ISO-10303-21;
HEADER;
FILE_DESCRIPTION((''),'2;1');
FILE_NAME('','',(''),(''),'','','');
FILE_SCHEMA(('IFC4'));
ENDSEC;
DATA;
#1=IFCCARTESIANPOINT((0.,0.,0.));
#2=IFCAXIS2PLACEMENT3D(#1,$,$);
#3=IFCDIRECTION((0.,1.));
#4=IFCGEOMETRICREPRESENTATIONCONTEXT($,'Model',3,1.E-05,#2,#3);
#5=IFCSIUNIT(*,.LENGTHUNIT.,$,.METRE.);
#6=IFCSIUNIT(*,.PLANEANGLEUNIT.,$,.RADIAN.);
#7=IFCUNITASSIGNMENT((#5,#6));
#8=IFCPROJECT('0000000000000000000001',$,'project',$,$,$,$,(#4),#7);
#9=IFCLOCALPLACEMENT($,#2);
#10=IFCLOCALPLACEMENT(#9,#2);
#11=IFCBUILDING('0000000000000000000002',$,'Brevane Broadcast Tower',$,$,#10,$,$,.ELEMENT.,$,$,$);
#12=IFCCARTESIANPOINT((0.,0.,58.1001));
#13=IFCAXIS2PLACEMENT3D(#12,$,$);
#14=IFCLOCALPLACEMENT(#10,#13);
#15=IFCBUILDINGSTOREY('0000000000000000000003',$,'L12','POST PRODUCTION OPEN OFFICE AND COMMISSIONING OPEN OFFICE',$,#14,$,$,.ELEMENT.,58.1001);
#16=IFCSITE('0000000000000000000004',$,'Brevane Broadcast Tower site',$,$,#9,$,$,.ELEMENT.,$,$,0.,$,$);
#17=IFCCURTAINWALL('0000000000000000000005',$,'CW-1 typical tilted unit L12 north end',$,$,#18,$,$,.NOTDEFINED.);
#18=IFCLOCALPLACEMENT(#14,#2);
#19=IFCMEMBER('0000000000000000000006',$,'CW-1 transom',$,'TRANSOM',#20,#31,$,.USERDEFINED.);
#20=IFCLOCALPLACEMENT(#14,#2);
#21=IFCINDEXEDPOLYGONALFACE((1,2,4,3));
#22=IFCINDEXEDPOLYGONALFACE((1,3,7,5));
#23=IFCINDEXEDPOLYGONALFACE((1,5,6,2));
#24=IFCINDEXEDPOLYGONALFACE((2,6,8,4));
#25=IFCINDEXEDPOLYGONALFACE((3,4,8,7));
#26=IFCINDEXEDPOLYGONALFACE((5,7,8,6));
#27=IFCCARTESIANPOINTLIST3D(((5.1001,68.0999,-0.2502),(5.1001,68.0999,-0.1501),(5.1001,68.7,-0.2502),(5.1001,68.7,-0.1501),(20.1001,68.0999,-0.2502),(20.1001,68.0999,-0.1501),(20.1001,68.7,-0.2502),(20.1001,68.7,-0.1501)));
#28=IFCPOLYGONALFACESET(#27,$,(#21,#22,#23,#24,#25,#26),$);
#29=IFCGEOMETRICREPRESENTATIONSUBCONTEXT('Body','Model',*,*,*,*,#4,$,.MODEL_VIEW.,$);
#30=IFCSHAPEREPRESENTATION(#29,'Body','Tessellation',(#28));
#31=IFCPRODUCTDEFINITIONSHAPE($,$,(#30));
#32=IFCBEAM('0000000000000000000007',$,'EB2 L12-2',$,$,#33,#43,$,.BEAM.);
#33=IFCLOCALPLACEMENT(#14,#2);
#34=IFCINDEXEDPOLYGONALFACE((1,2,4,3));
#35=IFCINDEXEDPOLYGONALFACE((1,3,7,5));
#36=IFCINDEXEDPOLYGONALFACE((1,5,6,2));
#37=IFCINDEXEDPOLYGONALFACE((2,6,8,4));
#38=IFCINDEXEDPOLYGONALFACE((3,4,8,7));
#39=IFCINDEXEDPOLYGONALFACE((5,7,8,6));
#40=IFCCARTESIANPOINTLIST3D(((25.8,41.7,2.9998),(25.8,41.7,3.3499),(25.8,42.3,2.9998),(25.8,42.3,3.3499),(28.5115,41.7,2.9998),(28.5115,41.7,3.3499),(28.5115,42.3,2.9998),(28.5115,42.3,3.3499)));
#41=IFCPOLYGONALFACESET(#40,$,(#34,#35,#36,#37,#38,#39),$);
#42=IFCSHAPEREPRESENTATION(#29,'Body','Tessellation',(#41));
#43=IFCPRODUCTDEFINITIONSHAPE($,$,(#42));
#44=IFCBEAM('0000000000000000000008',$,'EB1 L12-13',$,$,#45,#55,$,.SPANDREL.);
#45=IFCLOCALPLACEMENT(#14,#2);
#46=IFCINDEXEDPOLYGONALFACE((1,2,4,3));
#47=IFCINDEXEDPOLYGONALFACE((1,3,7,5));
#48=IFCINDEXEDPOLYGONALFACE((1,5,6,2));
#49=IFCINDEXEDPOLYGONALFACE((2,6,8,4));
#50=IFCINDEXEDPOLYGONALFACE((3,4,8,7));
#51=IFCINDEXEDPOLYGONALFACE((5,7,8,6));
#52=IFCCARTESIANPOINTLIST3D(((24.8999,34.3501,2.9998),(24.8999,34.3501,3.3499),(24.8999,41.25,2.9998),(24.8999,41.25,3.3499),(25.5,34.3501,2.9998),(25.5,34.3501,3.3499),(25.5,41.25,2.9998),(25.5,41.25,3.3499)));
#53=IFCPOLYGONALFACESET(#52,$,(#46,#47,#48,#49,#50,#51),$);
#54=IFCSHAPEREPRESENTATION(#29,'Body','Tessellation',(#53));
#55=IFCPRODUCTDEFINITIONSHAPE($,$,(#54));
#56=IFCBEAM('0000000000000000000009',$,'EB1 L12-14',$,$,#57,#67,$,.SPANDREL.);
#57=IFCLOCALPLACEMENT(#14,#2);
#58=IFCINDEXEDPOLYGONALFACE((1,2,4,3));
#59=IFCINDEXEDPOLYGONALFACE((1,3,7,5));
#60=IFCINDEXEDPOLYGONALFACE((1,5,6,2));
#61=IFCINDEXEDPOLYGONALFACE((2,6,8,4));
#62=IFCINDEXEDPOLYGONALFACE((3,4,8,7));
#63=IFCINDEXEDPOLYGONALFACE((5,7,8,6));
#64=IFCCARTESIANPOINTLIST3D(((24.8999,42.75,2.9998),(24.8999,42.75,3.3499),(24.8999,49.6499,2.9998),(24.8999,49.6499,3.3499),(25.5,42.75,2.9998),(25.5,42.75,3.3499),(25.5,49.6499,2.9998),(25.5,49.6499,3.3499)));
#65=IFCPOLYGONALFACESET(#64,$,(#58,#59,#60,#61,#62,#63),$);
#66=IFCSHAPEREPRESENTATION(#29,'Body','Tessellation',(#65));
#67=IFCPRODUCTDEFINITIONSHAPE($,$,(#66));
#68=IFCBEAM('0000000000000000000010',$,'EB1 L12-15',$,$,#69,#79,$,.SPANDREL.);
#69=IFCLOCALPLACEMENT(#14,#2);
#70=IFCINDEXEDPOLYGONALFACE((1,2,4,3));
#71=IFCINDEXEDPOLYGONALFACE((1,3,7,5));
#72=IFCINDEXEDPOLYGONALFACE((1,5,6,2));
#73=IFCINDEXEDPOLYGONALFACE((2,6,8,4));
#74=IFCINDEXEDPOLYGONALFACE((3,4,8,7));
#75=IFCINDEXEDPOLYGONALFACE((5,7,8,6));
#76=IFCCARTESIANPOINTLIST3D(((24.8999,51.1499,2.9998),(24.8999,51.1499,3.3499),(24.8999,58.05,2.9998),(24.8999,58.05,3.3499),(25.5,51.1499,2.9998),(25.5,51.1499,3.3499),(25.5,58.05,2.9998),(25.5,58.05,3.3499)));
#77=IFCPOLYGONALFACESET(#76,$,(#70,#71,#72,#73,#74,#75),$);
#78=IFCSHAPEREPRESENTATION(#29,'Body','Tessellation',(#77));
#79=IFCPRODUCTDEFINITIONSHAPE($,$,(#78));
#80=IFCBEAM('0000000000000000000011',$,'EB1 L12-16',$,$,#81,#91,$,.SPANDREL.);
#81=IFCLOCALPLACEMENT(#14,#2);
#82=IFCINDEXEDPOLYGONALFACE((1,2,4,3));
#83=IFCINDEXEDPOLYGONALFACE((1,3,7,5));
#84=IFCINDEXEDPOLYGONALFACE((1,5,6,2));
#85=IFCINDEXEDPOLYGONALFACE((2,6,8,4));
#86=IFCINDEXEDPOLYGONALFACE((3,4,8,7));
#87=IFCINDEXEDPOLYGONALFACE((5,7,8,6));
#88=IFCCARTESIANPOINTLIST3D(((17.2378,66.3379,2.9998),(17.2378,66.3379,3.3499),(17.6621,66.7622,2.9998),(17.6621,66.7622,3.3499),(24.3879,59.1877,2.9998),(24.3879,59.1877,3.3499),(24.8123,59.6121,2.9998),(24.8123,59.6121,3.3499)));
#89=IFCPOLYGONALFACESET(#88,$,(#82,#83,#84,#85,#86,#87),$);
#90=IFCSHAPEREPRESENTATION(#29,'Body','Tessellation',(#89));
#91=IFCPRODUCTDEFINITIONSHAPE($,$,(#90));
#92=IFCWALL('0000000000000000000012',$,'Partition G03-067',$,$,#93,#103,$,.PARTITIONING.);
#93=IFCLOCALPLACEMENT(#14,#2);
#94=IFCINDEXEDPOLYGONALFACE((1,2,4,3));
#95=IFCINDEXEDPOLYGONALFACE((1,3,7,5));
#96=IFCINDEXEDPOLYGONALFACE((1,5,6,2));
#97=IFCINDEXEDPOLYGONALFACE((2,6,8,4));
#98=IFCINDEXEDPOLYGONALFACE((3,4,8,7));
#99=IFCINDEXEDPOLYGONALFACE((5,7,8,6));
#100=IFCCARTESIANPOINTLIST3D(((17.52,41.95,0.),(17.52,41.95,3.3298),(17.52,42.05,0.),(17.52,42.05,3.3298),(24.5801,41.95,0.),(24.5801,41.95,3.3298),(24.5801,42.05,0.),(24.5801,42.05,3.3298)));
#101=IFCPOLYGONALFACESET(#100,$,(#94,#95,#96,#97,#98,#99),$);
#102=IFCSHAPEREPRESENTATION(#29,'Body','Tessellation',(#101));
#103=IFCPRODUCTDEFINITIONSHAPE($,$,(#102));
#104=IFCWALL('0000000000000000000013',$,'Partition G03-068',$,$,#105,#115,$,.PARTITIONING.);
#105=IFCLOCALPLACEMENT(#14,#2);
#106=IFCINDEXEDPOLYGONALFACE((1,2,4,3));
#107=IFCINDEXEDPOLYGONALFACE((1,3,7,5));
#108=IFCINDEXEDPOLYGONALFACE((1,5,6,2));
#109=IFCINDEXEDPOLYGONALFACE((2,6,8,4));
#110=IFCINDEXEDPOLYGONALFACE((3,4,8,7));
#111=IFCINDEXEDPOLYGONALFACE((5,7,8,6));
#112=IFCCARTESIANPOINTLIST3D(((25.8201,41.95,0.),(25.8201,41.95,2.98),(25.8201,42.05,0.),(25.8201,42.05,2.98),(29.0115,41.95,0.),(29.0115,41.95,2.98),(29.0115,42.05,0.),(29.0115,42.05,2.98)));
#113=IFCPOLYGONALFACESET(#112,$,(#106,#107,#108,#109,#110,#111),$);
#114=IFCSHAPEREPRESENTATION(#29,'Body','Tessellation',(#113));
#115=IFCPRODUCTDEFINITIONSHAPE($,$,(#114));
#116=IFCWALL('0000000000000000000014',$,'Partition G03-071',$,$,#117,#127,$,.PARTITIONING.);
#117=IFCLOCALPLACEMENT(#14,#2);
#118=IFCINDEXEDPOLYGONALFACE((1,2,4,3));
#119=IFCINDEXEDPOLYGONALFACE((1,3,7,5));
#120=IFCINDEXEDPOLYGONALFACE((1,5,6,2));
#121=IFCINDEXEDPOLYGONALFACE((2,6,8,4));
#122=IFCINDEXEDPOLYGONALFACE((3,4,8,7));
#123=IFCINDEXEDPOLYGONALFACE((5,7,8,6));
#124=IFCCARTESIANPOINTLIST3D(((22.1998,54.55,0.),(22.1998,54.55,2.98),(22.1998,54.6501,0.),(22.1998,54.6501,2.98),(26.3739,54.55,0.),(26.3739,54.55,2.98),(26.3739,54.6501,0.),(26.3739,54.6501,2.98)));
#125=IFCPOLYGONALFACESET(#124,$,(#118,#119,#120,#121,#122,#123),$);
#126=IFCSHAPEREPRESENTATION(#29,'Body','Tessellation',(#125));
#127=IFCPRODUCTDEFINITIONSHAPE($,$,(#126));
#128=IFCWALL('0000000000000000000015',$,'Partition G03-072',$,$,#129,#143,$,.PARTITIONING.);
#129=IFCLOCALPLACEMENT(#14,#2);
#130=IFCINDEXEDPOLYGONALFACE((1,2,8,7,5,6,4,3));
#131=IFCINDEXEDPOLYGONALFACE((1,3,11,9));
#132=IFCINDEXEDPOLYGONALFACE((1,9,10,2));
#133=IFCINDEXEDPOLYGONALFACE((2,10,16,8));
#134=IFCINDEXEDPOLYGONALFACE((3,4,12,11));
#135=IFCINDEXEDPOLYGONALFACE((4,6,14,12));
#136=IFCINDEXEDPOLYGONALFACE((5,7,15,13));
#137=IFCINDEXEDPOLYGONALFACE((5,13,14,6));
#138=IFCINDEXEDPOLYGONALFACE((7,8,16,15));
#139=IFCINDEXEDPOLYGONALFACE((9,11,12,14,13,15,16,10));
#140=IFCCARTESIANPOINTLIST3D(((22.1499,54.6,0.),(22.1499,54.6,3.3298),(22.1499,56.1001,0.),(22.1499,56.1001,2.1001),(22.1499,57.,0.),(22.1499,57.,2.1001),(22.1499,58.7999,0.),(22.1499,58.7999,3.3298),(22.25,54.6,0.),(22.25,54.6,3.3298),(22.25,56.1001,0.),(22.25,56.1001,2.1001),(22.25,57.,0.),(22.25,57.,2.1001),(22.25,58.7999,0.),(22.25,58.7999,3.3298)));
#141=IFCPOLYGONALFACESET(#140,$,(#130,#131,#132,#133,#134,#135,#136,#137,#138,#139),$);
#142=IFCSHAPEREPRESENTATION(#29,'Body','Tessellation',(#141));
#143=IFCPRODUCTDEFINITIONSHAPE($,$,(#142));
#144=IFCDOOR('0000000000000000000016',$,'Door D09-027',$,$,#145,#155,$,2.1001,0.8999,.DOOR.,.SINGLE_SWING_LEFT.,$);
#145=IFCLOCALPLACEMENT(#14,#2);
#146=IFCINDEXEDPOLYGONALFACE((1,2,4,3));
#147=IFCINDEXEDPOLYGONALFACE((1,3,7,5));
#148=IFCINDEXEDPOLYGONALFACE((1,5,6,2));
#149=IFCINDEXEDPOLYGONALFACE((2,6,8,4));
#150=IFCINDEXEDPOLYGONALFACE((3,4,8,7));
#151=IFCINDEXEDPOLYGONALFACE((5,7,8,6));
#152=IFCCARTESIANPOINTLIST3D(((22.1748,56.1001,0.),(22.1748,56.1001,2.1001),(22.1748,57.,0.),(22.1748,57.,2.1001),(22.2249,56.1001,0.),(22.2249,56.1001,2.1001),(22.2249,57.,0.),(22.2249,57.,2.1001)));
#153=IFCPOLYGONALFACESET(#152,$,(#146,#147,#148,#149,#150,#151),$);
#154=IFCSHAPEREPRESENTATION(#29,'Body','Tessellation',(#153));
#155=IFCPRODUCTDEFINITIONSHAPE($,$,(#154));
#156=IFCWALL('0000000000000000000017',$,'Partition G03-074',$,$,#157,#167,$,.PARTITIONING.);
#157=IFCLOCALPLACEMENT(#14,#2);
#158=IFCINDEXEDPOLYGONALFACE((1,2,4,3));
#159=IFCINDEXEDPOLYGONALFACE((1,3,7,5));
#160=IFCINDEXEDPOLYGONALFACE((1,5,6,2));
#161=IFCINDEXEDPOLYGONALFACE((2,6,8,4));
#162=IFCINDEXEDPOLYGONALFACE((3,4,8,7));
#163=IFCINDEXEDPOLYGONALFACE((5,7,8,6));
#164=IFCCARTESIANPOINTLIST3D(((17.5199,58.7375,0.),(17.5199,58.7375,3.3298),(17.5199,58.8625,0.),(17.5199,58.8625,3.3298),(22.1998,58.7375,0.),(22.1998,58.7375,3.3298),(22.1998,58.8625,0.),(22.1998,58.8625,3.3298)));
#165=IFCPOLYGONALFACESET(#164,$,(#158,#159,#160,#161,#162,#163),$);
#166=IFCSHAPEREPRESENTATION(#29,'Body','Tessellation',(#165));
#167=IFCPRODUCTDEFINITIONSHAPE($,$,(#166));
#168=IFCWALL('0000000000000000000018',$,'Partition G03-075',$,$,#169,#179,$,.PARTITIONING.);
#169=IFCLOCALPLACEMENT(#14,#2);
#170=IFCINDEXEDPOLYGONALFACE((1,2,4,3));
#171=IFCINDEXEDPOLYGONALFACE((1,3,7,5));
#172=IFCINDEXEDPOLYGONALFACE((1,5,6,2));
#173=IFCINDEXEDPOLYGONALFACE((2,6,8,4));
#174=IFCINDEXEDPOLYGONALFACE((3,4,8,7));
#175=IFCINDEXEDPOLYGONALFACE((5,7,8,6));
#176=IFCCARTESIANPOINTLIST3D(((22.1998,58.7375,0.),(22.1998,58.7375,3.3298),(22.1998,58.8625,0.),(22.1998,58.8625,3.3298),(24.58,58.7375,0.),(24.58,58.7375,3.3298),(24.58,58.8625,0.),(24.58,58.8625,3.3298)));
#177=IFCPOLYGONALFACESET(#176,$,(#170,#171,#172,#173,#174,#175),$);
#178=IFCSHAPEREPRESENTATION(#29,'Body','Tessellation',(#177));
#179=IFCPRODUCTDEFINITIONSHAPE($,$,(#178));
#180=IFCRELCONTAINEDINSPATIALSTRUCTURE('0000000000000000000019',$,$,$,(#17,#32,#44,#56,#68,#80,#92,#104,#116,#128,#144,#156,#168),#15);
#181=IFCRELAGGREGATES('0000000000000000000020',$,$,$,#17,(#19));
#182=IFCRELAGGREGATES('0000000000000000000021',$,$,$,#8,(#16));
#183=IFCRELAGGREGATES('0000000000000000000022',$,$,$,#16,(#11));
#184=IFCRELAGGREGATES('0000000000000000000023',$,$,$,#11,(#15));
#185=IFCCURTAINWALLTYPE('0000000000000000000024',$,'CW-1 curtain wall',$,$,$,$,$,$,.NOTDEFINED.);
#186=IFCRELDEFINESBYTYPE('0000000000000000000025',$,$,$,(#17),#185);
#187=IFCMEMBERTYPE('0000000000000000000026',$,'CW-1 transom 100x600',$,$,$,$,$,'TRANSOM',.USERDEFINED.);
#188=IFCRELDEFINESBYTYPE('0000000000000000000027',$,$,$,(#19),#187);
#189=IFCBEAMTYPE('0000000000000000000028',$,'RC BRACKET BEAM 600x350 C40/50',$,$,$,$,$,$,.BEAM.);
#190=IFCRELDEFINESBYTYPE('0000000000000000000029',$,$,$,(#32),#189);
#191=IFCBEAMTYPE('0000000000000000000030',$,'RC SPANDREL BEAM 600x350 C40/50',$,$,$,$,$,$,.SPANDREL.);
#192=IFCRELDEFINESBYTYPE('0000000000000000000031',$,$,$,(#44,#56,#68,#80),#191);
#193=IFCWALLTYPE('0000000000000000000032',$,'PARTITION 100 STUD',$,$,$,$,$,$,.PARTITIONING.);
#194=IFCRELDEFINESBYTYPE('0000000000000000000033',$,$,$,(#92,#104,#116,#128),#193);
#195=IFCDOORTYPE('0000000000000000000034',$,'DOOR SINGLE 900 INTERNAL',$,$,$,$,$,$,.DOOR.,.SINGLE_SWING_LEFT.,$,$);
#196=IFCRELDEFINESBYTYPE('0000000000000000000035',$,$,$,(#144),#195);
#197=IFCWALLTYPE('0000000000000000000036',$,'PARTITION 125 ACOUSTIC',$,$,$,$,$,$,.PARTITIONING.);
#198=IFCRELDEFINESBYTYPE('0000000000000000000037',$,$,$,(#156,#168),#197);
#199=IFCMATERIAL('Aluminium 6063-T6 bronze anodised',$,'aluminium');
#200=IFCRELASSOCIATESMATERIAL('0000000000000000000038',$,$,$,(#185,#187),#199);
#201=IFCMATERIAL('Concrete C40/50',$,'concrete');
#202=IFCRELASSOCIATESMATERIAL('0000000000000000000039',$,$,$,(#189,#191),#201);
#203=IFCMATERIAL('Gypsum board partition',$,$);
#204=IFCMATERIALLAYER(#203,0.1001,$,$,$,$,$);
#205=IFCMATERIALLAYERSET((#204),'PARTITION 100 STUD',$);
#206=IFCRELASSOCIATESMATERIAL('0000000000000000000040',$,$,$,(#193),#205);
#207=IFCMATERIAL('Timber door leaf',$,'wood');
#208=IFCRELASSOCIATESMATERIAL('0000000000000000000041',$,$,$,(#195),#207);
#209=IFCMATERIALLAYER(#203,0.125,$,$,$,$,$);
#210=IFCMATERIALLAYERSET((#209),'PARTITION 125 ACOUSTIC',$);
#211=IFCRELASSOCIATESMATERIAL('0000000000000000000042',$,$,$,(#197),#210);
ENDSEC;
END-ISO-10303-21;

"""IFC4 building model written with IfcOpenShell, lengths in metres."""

from ifc_helpers import new_model, si_unit, direction, frame, frame_2d, origin, origin_2d, place, context, subcontext, project, spatial, rectangle, extrude, material, layer, layer_set, material_profile, profile_set, type_object, element, fill, aggregate, save


model = new_model("IFC4")

# Units and contexts
model_context = context("Model", 3, precision=1e-05, world=origin(), true_north=direction((0.0, 1.0)))
body_context = subcontext(model_context, "Body", "Model", "MODEL_VIEW")
ifc_project = project(units=[si_unit("LENGTHUNIT", "METRE"), si_unit("PLANEANGLEUNIT", "RADIAN")], contexts=[model_context])

# Site, building, storey
site_placement = place(None, origin())
site = spatial("IfcSite", under=ifc_project, at=site_placement, Name="Brevane Broadcast Tower site", CompositionType="ELEMENT", RefElevation=0.0)
building_placement = place(site_placement, origin())
building = spatial("IfcBuilding", under=site, at=building_placement, Name="Brevane Broadcast Tower", CompositionType="ELEMENT")
storey_placement = place(building_placement, frame((0.0, 0.0, 58.1001)))
storey = spatial("IfcBuildingStorey", under=building, at=storey_placement, Name="L12", Description="POST PRODUCTION OPEN OFFICE AND COMMISSIONING OPEN OFFICE", CompositionType="ELEMENT", Elevation=58.1001)

# Shared definitions
ifc_material_1 = material(Name="Aluminium 6063-T6 bronze anodised", Category="aluminium")
curtain_wall_type = type_object("IfcCurtainWallType", Name="CW-1 curtain wall", PredefinedType="NOTDEFINED", material=ifc_material_1)

# Curtain wall
curtain_wall_1_placement = place(storey_placement, origin())
curtain_wall_1 = element("IfcCurtainWall", 1, at=curtain_wall_1_placement, inside=storey, type_object=curtain_wall_type, Name="CW-1 typical tilted unit L12 north end", PredefinedType="NOTDEFINED")

# Member
ifc_material_profile_1 = material_profile(ifc_material_1, rectangle(XDim=0.6001, YDim=0.1001, at=origin_2d()), Name="RECT 100x600")
ifc_profile_set_1 = profile_set([ifc_material_profile_1], Name="Aluminium 6063-T6 bronze anodised")
member_type_1 = type_object("IfcMemberType", Name="CW-1 transom 100x600", ElementType="TRANSOM", PredefinedType="USERDEFINED", material=ifc_profile_set_1)
member_1_placement = place(storey_placement, frame((20.1001, 68.3999, -0.2002), z_axis=(-1.0, 0.0, 0.0), x_axis=(0.0, -1.0, 0.0)))
member_1 = element("IfcMember", 2, at=member_1_placement, type_object=member_type_1, Name="CW-1 transom", ObjectType="TRANSOM", PredefinedType="USERDEFINED", context=body_context, shape_type="SweptSolid", body=[
    extrude(rectangle(XDim=0.6001, YDim=0.1001, at=origin_2d()), origin(), (0.0, 0.0, 1.0), 15.0),
])
aggregate(curtain_wall_1, [member_1])

# Beams
ifc_material_2 = material(Name="Concrete C40/50", Category="concrete")
ifc_material_profile_2 = material_profile(ifc_material_2, rectangle(XDim=0.6001, YDim=0.3501, at=origin_2d()), Name="RC 600x350")
ifc_profile_set_2 = profile_set([ifc_material_profile_2], Name="Concrete C40/50")
beam_type_1 = type_object("IfcBeamType", Name="RC BRACKET BEAM 600x350 C40/50", PredefinedType="BEAM", material=ifc_profile_set_2)
beam_1_placement = place(storey_placement, frame((25.8, 42.0, 3.1748), z_axis=(1.0, 0.0, 0.0), x_axis=(0.0, 1.0, 0.0)))
element("IfcBeam", 3, at=beam_1_placement, inside=storey, type_object=beam_type_1, Name="EB2 L12-2", PredefinedType="BEAM", context=body_context, shape_type="SweptSolid", body=[
    extrude(rectangle(XDim=0.6001, YDim=0.3501, at=origin_2d()), origin(), (0.0, 0.0, 1.0), 2.7114),
])
ifc_material_profile_3 = material_profile(ifc_material_2, rectangle(XDim=0.6001, YDim=0.3501, at=origin_2d()), Name="RC 600x350")
ifc_profile_set_3 = profile_set([ifc_material_profile_3], Name="Concrete C40/50")
beam_type_2 = type_object("IfcBeamType", Name="RC SPANDREL BEAM 600x350 C40/50", PredefinedType="SPANDREL", material=ifc_profile_set_3)
for number, where, z_axis, x_axis, name in (
    (4, (25.2, 34.3501, 3.1748), (0.0, 1.0, 0.0), (-1.0, 0.0, 0.0), "EB1 L12-13"),
    (5, (25.2, 42.75, 3.1748), (0.0, 1.0, 0.0), (-1.0, 0.0, 0.0), "EB1 L12-14"),
):
    element("IfcBeam", number, at=place(storey_placement, frame(where, z_axis=z_axis, x_axis=x_axis)), inside=storey, type_object=beam_type_2, Name=name, PredefinedType="SPANDREL", context=body_context, shape_type="SweptSolid", body=[
        extrude(rectangle(XDim=0.6001, YDim=0.3501, at=origin_2d()), origin(), (0.0, 0.0, 1.0), 6.8999),
    ])
beam_2_placement = place(storey_placement, frame((25.2, 51.1499, 3.1748), z_axis=(0.0, 1.0, 0.0), x_axis=(-1.0, 0.0, 0.0)))
element("IfcBeam", 6, at=beam_2_placement, inside=storey, type_object=beam_type_2, Name="EB1 L12-15", PredefinedType="SPANDREL", context=body_context, shape_type="SweptSolid", body=[
    extrude(rectangle(XDim=0.6001, YDim=0.3501, at=origin_2d()), origin(), (0.0, 0.0, 1.0), 6.9001),
])
beam_3_placement = place(storey_placement, frame((24.6001, 59.3999, 3.1748), z_axis=(-0.707107, 0.707107, 0.0), x_axis=(-0.707107, -0.707107, 0.0)))
element("IfcBeam", 7, at=beam_3_placement, inside=storey, type_object=beam_type_2, Name="EB1 L12-16", PredefinedType="SPANDREL", context=body_context, shape_type="SweptSolid", body=[
    extrude(rectangle(XDim=0.6001, YDim=0.3501, at=origin_2d()), origin(), (0.0, 0.0, 1.0), 10.1118),
])

# Walls
ifc_material_3 = material(Name="Gypsum board partition")
ifc_layer_1 = layer(ifc_material_3, 0.1001)
ifc_layer_set_1 = layer_set([ifc_layer_1], Name="PARTITION 100 STUD")
wall_type_1 = type_object("IfcWallType", Name="PARTITION 100 STUD", PredefinedType="PARTITIONING", material=ifc_layer_set_1)
wall_1_placement = place(storey_placement, frame((17.52, 42.0, 0.0), z_axis=(0.0, 0.0, 1.0), x_axis=(1.0, 0.0, 0.0)))
element("IfcWall", 8, at=wall_1_placement, inside=storey, type_object=wall_type_1, Name="Partition G03-067", PredefinedType="PARTITIONING", context=body_context, shape_type="SweptSolid", body=[
    extrude(rectangle(XDim=7.0601, YDim=0.1001, at=frame_2d((3.53, 0.0))), origin(), (0.0, 0.0, 1.0), 3.3298),
])
wall_2_placement = place(storey_placement, frame((25.8201, 42.0, 0.0), z_axis=(0.0, 0.0, 1.0), x_axis=(1.0, 0.0, 0.0)))
element("IfcWall", 9, at=wall_2_placement, inside=storey, type_object=wall_type_1, Name="Partition G03-068", PredefinedType="PARTITIONING", context=body_context, shape_type="SweptSolid", body=[
    extrude(rectangle(XDim=3.1914, YDim=0.1001, at=frame_2d((1.5957, 0.0))), origin(), (0.0, 0.0, 1.0), 2.98),
])
wall_3_placement = place(storey_placement, frame((22.2, 54.6001, 0.0), z_axis=(0.0, 0.0, 1.0), x_axis=(1.0, 0.0, 0.0)))
element("IfcWall", 10, at=wall_3_placement, inside=storey, type_object=wall_type_1, Name="Partition G03-071", PredefinedType="PARTITIONING", context=body_context, shape_type="SweptSolid", body=[
    extrude(rectangle(XDim=4.1741, YDim=0.1001, at=frame_2d((2.0869, 0.0))), origin(), (0.0, 0.0, 1.0), 2.98),
])

# Wall, opening, door
wall_4_placement = place(storey_placement, frame((22.2, 58.8, 0.0), z_axis=(0.0, 0.0, 1.0), x_axis=(0.0, -1.0, 0.0)))
wall_4 = element("IfcWall", 11, at=wall_4_placement, inside=storey, type_object=wall_type_1, Name="Partition G03-072", PredefinedType="PARTITIONING", context=body_context, shape_type="SweptSolid", body=[
    extrude(rectangle(XDim=4.2, YDim=0.1001, at=frame_2d((2.1001, 0.0))), origin(), (0.0, 0.0, 1.0), 3.3298),
])
opening_placement = place(wall_4_placement, frame((1.8, 0.0, 0.0)))
opening = element("IfcOpeningElement", 12, at=opening_placement, cuts=wall_4, PredefinedType="OPENING", context=body_context, shape_type="SweptSolid", body=[
    extrude(rectangle(XDim=0.8999, YDim=2.1001, at=frame_2d((0.45, 1.05))), frame((0.0, 0.0601, 0.0), z_axis=(0.0, -1.0, 0.0), x_axis=(1.0, 0.0, 0.0)), (0.0, 0.0, 1.0), 0.1201),
])
ifc_material_4 = material(Name="Timber door leaf", Category="wood")
door_type = type_object("IfcDoorType", Name="DOOR SINGLE 900 INTERNAL", OperationType="SINGLE_SWING_LEFT", PredefinedType="DOOR", material=ifc_material_4)
door_placement = place(opening_placement, origin())
door = element("IfcDoor", 13, at=door_placement, inside=storey, type_object=door_type, Name="Door D09-027", OperationType="SINGLE_SWING_LEFT", OverallHeight=2.1001, OverallWidth=0.8999, PredefinedType="DOOR", context=body_context, shape_type="SweptSolid", body=[
    extrude(rectangle(XDim=0.8999, YDim=2.1001, at=frame_2d((0.45, 1.05))), frame((0.0, 0.0249, 0.0), z_axis=(0.0, -1.0, 0.0), x_axis=(1.0, 0.0, 0.0)), (0.0, 0.0, 1.0), 0.05),
])
fill(opening, door)

# Walls
ifc_layer_2 = layer(ifc_material_3, 0.125)
ifc_layer_set_2 = layer_set([ifc_layer_2], Name="PARTITION 125 ACOUSTIC")
wall_type_2 = type_object("IfcWallType", Name="PARTITION 125 ACOUSTIC", PredefinedType="PARTITIONING", material=ifc_layer_set_2)
wall_5_placement = place(storey_placement, frame((17.52, 58.8, 0.0), z_axis=(0.0, 0.0, 1.0), x_axis=(1.0, 0.0, 0.0)))
element("IfcWall", 14, at=wall_5_placement, inside=storey, type_object=wall_type_2, Name="Partition G03-074", PredefinedType="PARTITIONING", context=body_context, shape_type="SweptSolid", body=[
    extrude(rectangle(XDim=4.6799, YDim=0.125, at=frame_2d((2.3398, 0.0))), origin(), (0.0, 0.0, 1.0), 3.3298),
])
wall_6_placement = place(storey_placement, frame((22.2, 58.8, 0.0), z_axis=(0.0, 0.0, 1.0), x_axis=(1.0, 0.0, 0.0)))
element("IfcWall", 15, at=wall_6_placement, inside=storey, type_object=wall_type_2, Name="Partition G03-075", PredefinedType="PARTITIONING", context=body_context, shape_type="SweptSolid", body=[
    extrude(rectangle(XDim=2.3801, YDim=0.125, at=frame_2d((1.1899, 0.0))), origin(), (0.0, 0.0, 1.0), 3.3298),
])

save(model, "model.ifc")
